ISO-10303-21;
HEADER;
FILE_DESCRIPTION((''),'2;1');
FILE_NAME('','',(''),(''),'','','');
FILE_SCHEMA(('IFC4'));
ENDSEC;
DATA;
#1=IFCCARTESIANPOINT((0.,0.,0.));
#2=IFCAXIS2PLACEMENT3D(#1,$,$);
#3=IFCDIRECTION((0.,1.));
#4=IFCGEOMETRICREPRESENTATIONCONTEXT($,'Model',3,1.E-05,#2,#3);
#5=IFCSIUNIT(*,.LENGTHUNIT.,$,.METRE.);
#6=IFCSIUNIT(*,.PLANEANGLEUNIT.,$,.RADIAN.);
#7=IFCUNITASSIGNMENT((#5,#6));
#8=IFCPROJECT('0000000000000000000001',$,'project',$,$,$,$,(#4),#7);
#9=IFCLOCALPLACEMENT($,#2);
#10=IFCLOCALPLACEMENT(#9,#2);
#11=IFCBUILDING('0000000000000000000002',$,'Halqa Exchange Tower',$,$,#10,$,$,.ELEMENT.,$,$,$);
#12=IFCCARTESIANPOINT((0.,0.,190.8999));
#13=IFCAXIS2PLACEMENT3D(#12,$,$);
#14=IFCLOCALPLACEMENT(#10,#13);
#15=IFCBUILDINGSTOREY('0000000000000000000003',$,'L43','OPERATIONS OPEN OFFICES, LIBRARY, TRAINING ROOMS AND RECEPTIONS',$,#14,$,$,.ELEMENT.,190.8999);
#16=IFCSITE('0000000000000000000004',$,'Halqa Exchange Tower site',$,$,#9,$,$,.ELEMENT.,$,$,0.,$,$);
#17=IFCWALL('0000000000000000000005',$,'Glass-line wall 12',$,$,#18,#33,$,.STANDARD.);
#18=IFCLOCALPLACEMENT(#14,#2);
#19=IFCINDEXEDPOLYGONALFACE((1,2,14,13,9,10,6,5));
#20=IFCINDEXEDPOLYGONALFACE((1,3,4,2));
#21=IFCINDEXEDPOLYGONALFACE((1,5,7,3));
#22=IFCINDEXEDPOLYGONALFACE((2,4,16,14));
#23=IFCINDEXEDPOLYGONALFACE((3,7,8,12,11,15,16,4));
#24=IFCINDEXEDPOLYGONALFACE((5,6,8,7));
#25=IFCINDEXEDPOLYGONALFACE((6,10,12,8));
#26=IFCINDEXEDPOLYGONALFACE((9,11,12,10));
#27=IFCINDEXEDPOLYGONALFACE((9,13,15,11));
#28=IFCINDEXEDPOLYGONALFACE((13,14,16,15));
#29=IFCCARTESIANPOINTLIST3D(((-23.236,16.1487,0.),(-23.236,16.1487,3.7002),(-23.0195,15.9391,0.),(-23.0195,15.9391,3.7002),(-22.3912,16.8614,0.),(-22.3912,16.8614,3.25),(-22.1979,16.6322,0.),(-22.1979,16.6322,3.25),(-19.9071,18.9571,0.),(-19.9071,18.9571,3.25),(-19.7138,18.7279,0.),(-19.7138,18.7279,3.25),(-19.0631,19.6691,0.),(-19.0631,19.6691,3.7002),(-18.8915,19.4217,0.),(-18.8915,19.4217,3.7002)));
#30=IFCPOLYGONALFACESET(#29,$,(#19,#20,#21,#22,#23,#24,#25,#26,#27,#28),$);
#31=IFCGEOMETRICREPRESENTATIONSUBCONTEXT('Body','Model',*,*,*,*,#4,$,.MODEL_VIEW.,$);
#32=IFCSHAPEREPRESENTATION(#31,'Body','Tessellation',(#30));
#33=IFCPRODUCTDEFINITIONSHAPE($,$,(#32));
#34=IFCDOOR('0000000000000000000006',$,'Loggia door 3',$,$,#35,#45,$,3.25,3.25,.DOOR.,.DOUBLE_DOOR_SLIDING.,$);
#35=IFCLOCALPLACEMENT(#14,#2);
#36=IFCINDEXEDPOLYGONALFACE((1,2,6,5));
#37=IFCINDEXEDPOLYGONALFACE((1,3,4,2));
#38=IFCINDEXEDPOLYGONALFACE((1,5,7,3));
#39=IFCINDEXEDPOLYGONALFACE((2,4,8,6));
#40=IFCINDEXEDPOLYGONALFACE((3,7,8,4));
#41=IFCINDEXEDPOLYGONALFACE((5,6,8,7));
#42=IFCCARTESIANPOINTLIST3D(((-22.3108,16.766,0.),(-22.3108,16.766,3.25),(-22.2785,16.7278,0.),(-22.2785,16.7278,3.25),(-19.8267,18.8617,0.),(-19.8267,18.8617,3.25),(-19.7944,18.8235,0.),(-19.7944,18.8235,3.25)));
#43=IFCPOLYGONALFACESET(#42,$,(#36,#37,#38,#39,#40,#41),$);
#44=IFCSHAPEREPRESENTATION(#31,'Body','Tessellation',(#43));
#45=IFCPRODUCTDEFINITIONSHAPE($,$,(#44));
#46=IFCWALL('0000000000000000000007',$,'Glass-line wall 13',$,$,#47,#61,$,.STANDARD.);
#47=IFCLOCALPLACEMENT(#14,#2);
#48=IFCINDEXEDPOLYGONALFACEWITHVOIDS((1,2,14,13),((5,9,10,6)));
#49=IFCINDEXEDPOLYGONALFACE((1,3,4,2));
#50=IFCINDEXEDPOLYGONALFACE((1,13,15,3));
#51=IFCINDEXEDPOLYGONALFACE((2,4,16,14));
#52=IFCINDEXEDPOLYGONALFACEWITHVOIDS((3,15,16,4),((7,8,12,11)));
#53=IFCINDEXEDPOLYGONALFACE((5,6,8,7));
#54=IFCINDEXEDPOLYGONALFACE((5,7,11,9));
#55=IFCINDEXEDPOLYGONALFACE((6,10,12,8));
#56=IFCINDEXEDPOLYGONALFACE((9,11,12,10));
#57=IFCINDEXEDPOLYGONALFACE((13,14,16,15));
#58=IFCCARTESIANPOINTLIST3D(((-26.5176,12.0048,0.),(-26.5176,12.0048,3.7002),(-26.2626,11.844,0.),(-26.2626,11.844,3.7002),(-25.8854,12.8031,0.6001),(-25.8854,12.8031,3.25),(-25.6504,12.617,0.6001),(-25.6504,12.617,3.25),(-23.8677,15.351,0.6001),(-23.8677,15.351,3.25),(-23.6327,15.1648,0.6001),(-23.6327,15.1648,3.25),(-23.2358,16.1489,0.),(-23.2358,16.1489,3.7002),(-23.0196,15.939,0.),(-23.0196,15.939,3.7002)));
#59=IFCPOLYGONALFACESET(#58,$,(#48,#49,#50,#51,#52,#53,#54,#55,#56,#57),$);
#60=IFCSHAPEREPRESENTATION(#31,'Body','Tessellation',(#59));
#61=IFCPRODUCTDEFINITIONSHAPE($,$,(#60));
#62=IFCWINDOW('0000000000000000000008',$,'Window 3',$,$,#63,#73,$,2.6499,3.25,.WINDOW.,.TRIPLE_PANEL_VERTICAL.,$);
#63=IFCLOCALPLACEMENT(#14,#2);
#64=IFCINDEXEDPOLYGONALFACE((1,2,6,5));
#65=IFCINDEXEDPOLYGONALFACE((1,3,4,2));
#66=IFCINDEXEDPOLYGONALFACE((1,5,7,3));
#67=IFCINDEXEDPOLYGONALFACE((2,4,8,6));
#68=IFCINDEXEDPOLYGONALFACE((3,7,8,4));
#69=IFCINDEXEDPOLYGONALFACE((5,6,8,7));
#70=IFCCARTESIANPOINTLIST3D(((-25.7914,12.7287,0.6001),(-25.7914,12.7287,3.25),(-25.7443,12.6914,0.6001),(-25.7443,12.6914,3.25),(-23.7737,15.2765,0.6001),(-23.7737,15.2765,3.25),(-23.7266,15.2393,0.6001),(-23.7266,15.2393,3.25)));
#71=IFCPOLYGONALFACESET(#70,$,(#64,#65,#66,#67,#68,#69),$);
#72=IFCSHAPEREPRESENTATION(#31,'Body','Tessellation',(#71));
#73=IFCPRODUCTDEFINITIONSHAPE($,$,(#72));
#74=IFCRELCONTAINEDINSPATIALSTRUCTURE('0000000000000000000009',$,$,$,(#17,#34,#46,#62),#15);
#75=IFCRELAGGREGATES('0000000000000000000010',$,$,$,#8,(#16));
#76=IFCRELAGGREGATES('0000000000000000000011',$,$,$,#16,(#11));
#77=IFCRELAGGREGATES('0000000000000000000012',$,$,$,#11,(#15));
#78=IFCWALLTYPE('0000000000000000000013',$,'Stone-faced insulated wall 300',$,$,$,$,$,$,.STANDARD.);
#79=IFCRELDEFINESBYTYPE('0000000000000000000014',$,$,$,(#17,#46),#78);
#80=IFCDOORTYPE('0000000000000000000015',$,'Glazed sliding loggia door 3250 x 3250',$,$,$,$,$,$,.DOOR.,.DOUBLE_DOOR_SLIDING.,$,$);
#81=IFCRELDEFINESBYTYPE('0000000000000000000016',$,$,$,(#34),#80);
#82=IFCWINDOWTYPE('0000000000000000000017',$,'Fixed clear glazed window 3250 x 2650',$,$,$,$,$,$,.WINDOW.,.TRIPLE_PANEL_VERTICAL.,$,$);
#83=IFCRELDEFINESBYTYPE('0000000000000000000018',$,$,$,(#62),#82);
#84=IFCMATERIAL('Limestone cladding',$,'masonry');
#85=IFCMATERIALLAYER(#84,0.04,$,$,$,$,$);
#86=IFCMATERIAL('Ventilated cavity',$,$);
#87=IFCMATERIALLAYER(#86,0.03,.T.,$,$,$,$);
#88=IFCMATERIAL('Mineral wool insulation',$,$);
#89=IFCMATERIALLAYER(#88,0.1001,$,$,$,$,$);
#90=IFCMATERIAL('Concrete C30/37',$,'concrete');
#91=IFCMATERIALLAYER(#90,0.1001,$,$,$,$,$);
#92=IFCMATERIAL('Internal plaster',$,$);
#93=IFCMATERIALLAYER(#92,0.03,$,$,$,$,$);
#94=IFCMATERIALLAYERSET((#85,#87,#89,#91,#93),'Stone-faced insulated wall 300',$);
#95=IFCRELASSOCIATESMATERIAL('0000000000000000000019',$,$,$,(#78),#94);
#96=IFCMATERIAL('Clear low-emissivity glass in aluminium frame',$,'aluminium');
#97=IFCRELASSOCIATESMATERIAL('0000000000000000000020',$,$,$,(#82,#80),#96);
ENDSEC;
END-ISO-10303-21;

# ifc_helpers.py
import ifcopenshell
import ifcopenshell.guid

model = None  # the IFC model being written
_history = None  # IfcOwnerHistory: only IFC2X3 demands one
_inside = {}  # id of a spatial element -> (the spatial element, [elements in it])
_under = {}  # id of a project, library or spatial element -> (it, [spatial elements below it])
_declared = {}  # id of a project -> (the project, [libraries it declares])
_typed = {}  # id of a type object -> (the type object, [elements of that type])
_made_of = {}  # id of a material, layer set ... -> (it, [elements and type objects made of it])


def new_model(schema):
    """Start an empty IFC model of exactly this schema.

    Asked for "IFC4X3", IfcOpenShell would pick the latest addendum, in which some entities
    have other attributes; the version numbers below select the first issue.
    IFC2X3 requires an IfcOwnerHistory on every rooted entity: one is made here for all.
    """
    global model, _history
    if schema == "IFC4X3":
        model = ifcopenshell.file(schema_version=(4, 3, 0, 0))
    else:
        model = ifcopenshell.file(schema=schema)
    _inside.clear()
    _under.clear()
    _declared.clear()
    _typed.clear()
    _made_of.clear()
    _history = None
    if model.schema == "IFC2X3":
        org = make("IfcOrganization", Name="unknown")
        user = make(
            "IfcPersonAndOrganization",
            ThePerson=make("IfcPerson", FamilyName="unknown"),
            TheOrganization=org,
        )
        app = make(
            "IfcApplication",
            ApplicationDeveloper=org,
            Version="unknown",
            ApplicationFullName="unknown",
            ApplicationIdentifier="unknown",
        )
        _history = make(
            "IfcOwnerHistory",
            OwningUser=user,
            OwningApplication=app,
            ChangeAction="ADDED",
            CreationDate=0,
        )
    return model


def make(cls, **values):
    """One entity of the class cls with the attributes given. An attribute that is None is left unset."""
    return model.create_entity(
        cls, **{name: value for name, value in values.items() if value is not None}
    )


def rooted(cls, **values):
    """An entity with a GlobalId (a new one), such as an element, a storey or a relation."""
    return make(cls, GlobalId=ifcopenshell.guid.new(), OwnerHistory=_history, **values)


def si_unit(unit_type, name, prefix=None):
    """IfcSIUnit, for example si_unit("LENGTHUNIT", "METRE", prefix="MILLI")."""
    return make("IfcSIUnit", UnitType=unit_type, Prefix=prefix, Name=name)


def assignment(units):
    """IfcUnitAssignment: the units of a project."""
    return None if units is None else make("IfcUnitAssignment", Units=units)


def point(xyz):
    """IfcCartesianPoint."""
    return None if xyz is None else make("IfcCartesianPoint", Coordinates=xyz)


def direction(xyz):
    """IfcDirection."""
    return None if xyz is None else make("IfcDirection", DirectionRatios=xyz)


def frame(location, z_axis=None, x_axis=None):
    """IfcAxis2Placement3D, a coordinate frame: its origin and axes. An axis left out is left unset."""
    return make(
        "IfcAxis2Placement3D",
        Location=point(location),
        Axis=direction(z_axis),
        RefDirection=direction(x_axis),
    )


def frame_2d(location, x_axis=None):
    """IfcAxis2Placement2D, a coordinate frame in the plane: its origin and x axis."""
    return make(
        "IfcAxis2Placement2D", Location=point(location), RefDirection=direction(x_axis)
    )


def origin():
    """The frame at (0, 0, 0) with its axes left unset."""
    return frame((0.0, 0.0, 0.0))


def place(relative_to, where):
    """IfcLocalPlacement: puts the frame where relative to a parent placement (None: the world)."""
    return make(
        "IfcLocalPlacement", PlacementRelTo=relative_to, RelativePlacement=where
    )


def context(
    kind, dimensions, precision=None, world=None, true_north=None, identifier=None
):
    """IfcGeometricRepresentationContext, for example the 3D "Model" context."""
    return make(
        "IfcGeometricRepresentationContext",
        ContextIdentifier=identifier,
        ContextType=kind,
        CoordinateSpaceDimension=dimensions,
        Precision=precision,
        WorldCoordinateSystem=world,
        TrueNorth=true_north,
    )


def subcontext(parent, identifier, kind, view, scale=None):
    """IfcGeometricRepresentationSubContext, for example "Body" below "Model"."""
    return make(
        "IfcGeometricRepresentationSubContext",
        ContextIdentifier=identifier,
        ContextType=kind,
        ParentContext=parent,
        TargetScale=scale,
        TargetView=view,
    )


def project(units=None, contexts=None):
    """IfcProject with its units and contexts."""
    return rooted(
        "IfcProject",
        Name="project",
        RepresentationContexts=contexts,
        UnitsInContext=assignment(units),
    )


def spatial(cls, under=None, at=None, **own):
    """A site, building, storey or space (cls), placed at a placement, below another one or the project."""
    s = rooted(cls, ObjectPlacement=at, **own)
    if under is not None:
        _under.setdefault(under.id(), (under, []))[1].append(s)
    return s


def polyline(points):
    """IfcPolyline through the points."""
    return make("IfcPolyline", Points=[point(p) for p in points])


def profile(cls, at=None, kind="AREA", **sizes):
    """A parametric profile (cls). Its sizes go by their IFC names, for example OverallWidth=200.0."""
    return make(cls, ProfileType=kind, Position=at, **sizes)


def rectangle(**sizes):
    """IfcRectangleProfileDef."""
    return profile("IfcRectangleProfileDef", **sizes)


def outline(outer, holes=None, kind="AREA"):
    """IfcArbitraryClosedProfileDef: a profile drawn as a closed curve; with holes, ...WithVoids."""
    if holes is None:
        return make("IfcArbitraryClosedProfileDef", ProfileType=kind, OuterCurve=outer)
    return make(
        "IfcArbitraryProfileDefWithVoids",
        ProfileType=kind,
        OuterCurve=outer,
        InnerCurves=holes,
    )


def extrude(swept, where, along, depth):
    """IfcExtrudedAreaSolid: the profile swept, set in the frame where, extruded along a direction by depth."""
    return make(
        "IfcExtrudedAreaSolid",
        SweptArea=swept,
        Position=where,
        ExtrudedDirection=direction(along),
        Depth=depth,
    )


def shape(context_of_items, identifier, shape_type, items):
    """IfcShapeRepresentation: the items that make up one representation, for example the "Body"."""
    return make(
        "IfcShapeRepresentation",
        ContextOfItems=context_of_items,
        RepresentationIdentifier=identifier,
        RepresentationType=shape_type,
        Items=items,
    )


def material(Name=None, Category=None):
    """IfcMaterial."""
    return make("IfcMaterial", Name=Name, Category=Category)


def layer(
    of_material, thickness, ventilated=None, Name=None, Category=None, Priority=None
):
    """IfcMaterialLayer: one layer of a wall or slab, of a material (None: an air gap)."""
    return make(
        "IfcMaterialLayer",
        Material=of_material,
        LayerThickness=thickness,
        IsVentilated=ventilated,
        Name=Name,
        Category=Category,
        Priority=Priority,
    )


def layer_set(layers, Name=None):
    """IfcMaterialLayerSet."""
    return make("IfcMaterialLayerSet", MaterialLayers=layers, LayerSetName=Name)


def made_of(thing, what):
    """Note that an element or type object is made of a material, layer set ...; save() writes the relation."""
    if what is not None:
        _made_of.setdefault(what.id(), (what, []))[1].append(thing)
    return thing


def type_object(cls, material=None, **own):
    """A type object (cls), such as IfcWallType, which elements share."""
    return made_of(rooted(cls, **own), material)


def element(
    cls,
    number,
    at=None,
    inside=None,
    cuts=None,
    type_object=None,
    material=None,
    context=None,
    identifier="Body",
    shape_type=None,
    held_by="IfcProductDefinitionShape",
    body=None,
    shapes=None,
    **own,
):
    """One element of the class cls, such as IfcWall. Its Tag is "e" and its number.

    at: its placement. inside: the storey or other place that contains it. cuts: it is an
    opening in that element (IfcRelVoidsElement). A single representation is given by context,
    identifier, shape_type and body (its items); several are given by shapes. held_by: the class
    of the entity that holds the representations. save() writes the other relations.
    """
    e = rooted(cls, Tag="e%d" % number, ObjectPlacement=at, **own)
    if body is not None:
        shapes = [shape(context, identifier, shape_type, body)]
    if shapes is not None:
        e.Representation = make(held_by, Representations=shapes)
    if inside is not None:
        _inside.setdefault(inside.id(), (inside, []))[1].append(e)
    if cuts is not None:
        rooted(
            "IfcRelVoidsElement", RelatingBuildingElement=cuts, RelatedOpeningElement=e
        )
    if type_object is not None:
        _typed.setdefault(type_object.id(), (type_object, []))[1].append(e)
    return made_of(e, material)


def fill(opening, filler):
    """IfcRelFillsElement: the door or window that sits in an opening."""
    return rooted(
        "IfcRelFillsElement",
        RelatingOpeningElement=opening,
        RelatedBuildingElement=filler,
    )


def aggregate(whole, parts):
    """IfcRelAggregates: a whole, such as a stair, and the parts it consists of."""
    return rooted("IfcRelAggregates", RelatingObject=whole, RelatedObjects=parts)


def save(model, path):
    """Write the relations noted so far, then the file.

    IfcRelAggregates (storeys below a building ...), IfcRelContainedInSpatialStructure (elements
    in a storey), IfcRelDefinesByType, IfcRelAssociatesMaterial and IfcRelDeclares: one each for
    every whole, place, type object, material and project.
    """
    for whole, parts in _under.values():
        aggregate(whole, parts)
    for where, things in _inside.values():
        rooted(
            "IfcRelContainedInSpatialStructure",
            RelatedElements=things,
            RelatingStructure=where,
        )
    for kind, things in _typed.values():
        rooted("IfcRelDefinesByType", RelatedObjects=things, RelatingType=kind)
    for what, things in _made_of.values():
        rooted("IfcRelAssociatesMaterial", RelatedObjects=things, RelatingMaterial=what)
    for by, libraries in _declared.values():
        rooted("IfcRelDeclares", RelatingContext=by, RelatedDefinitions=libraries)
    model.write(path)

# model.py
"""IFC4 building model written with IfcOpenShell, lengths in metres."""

from ifc_helpers import new_model, si_unit, direction, frame, frame_2d, origin, place, context, subcontext, project, spatial, polyline, rectangle, outline, extrude, material, layer, layer_set, type_object, element, fill, save


model = new_model("IFC4")

# Units and contexts
model_context = context("Model", 3, precision=1e-05, world=origin(), true_north=direction((0.0, 1.0)))
body_context = subcontext(model_context, "Body", "Model", "MODEL_VIEW")
ifc_project = project(units=[si_unit("LENGTHUNIT", "METRE"), si_unit("PLANEANGLEUNIT", "RADIAN")], contexts=[model_context])

# Site, building, storey
site_placement = place(None, origin())
site = spatial("IfcSite", under=ifc_project, at=site_placement, Name="Halqa Exchange Tower site", CompositionType="ELEMENT", RefElevation=0.0)
building_placement = place(site_placement, origin())
building = spatial("IfcBuilding", under=site, at=building_placement, Name="Halqa Exchange Tower", CompositionType="ELEMENT")
storey_placement = place(building_placement, frame((0.0, 0.0, 190.8999)))
storey = spatial("IfcBuildingStorey", under=building, at=storey_placement, Name="L43", Description="OPERATIONS OPEN OFFICES, LIBRARY, TRAINING ROOMS AND RECEPTIONS", CompositionType="ELEMENT", Elevation=190.8999)

# Shared definitions
ifc_material_1 = material(Name="Limestone cladding", Category="masonry")
ifc_layer_1 = layer(ifc_material_1, 0.04)
ifc_material_2 = material(Name="Ventilated cavity")
ifc_layer_2 = layer(ifc_material_2, 0.03, ventilated=True)
ifc_material_3 = material(Name="Mineral wool insulation")
ifc_layer_3 = layer(ifc_material_3, 0.1001)
ifc_material_4 = material(Name="Concrete C30/37", Category="concrete")
ifc_layer_4 = layer(ifc_material_4, 0.1001)
ifc_material_5 = material(Name="Internal plaster")
ifc_layer_5 = layer(ifc_material_5, 0.03)
ifc_layer_set_1 = layer_set([ifc_layer_1, ifc_layer_2, ifc_layer_3, ifc_layer_4, ifc_layer_5], Name="Stone-faced insulated wall 300")
wall_type_1 = type_object("IfcWallType", Name="Stone-faced insulated wall 300", PredefinedType="STANDARD", material=ifc_layer_set_1)
ifc_material_6 = material(Name="Clear low-emissivity glass in aluminium frame", Category="aluminium")
window_type = type_object("IfcWindowType", Name="Fixed clear glazed window 3250 x 2650", PartitioningType="TRIPLE_PANEL_VERTICAL", PredefinedType="WINDOW", material=ifc_material_6)

# Wall, opening, door
wall_1_placement = place(storey_placement, frame((-18.9773, 19.5454, 0.0), z_axis=(0.0, 0.0, 1.0), x_axis=(-0.76433, -0.644825, 0.0)))
wall_1 = element("IfcWall", 1, at=wall_1_placement, inside=storey, type_object=wall_type_1, Name="Glass-line wall 12", PredefinedType="STANDARD", context=body_context, shape_type="SweptSolid", body=[
    extrude(outline(polyline([(-0.0142, -0.1499), (5.4453, -0.1499), (5.415, 0.1499), (0.0142, 0.1499), (-0.0142, -0.1499)])), origin(), (0.0, 0.0, 1.0), 3.7002),
])
opening_1_placement = place(wall_1_placement, frame((1.0901, 0.0, 0.0)))
opening_1 = element("IfcOpeningElement", 2, at=opening_1_placement, cuts=wall_1, PredefinedType="OPENING", context=body_context, shape_type="SweptSolid", body=[
    extrude(rectangle(XDim=3.25, YDim=3.25, at=frame_2d((1.625, 1.625))), frame((0.0, 0.1621, 0.0), z_axis=(0.0, -1.0, 0.0), x_axis=(1.0, 0.0, 0.0)), (0.0, 0.0, 1.0), 0.324),
])
door_type_1 = type_object("IfcDoorType", Name="Glazed sliding loggia door 3250 x 3250", OperationType="DOUBLE_DOOR_SLIDING", PredefinedType="DOOR", material=ifc_material_6)
door_1_placement = place(opening_1_placement, origin())
door_1 = element("IfcDoor", 3, at=door_1_placement, inside=storey, type_object=door_type_1, Name="Loggia door 3", OperationType="DOUBLE_DOOR_SLIDING", OverallHeight=3.25, OverallWidth=3.25, PredefinedType="DOOR", context=body_context, shape_type="SweptSolid", body=[
    extrude(rectangle(XDim=3.25, YDim=3.25, at=frame_2d((1.625, 1.625))), frame((0.0, 0.0249, 0.0), z_axis=(0.0, -1.0, 0.0), x_axis=(1.0, 0.0, 0.0)), (0.0, 0.0, 1.0), 0.05),
])
fill(opening_1, door_1)

# Wall, opening, window
wall_2_placement = place(storey_placement, frame((-23.1277, 16.0439, 0.0), z_axis=(0.0, 0.0, 1.0), x_axis=(-0.620829, -0.783946, 0.0)))
wall_2 = element("IfcWall", 4, at=wall_2_placement, inside=storey, type_object=wall_type_1, Name="Glass-line wall 13", PredefinedType="STANDARD", context=body_context, shape_type="SweptSolid", body=[
    extrude(outline(polyline([(-0.0151, -0.1499), (5.271, -0.1499), (5.2388, 0.1499), (0.0151, 0.1499), (-0.0151, -0.1499)])), origin(), (0.0, 0.0, 1.0), 3.7002),
])
opening_2_placement = place(wall_2_placement, frame((1.0027, 0.0, 0.6001)))
opening_2 = element("IfcOpeningElement", 5, at=opening_2_placement, cuts=wall_2, PredefinedType="OPENING", context=body_context, shape_type="SweptSolid", body=[
    extrude(rectangle(XDim=3.25, YDim=2.6499, at=frame_2d((1.625, 1.325))), frame((0.0, 0.1621, 0.0), z_axis=(0.0, -1.0, 0.0), x_axis=(1.0, 0.0, 0.0)), (0.0, 0.0, 1.0), 0.324),
])
window_1_placement = place(opening_2_placement, origin())
window_1 = element("IfcWindow", 6, at=window_1_placement, inside=storey, type_object=window_type, Name="Window 3", OverallHeight=2.6499, OverallWidth=3.25, PartitioningType="TRIPLE_PANEL_VERTICAL", PredefinedType="WINDOW", context=body_context, shape_type="SweptSolid", body=[
    extrude(rectangle(XDim=3.25, YDim=2.6499, at=frame_2d((1.625, 1.325))), frame((0.0, 0.03, 0.0), z_axis=(0.0, -1.0, 0.0), x_axis=(1.0, 0.0, 0.0)), (0.0, 0.0, 1.0), 0.0601),
])
fill(opening_2, window_1)

save(model, "model.ifc")
